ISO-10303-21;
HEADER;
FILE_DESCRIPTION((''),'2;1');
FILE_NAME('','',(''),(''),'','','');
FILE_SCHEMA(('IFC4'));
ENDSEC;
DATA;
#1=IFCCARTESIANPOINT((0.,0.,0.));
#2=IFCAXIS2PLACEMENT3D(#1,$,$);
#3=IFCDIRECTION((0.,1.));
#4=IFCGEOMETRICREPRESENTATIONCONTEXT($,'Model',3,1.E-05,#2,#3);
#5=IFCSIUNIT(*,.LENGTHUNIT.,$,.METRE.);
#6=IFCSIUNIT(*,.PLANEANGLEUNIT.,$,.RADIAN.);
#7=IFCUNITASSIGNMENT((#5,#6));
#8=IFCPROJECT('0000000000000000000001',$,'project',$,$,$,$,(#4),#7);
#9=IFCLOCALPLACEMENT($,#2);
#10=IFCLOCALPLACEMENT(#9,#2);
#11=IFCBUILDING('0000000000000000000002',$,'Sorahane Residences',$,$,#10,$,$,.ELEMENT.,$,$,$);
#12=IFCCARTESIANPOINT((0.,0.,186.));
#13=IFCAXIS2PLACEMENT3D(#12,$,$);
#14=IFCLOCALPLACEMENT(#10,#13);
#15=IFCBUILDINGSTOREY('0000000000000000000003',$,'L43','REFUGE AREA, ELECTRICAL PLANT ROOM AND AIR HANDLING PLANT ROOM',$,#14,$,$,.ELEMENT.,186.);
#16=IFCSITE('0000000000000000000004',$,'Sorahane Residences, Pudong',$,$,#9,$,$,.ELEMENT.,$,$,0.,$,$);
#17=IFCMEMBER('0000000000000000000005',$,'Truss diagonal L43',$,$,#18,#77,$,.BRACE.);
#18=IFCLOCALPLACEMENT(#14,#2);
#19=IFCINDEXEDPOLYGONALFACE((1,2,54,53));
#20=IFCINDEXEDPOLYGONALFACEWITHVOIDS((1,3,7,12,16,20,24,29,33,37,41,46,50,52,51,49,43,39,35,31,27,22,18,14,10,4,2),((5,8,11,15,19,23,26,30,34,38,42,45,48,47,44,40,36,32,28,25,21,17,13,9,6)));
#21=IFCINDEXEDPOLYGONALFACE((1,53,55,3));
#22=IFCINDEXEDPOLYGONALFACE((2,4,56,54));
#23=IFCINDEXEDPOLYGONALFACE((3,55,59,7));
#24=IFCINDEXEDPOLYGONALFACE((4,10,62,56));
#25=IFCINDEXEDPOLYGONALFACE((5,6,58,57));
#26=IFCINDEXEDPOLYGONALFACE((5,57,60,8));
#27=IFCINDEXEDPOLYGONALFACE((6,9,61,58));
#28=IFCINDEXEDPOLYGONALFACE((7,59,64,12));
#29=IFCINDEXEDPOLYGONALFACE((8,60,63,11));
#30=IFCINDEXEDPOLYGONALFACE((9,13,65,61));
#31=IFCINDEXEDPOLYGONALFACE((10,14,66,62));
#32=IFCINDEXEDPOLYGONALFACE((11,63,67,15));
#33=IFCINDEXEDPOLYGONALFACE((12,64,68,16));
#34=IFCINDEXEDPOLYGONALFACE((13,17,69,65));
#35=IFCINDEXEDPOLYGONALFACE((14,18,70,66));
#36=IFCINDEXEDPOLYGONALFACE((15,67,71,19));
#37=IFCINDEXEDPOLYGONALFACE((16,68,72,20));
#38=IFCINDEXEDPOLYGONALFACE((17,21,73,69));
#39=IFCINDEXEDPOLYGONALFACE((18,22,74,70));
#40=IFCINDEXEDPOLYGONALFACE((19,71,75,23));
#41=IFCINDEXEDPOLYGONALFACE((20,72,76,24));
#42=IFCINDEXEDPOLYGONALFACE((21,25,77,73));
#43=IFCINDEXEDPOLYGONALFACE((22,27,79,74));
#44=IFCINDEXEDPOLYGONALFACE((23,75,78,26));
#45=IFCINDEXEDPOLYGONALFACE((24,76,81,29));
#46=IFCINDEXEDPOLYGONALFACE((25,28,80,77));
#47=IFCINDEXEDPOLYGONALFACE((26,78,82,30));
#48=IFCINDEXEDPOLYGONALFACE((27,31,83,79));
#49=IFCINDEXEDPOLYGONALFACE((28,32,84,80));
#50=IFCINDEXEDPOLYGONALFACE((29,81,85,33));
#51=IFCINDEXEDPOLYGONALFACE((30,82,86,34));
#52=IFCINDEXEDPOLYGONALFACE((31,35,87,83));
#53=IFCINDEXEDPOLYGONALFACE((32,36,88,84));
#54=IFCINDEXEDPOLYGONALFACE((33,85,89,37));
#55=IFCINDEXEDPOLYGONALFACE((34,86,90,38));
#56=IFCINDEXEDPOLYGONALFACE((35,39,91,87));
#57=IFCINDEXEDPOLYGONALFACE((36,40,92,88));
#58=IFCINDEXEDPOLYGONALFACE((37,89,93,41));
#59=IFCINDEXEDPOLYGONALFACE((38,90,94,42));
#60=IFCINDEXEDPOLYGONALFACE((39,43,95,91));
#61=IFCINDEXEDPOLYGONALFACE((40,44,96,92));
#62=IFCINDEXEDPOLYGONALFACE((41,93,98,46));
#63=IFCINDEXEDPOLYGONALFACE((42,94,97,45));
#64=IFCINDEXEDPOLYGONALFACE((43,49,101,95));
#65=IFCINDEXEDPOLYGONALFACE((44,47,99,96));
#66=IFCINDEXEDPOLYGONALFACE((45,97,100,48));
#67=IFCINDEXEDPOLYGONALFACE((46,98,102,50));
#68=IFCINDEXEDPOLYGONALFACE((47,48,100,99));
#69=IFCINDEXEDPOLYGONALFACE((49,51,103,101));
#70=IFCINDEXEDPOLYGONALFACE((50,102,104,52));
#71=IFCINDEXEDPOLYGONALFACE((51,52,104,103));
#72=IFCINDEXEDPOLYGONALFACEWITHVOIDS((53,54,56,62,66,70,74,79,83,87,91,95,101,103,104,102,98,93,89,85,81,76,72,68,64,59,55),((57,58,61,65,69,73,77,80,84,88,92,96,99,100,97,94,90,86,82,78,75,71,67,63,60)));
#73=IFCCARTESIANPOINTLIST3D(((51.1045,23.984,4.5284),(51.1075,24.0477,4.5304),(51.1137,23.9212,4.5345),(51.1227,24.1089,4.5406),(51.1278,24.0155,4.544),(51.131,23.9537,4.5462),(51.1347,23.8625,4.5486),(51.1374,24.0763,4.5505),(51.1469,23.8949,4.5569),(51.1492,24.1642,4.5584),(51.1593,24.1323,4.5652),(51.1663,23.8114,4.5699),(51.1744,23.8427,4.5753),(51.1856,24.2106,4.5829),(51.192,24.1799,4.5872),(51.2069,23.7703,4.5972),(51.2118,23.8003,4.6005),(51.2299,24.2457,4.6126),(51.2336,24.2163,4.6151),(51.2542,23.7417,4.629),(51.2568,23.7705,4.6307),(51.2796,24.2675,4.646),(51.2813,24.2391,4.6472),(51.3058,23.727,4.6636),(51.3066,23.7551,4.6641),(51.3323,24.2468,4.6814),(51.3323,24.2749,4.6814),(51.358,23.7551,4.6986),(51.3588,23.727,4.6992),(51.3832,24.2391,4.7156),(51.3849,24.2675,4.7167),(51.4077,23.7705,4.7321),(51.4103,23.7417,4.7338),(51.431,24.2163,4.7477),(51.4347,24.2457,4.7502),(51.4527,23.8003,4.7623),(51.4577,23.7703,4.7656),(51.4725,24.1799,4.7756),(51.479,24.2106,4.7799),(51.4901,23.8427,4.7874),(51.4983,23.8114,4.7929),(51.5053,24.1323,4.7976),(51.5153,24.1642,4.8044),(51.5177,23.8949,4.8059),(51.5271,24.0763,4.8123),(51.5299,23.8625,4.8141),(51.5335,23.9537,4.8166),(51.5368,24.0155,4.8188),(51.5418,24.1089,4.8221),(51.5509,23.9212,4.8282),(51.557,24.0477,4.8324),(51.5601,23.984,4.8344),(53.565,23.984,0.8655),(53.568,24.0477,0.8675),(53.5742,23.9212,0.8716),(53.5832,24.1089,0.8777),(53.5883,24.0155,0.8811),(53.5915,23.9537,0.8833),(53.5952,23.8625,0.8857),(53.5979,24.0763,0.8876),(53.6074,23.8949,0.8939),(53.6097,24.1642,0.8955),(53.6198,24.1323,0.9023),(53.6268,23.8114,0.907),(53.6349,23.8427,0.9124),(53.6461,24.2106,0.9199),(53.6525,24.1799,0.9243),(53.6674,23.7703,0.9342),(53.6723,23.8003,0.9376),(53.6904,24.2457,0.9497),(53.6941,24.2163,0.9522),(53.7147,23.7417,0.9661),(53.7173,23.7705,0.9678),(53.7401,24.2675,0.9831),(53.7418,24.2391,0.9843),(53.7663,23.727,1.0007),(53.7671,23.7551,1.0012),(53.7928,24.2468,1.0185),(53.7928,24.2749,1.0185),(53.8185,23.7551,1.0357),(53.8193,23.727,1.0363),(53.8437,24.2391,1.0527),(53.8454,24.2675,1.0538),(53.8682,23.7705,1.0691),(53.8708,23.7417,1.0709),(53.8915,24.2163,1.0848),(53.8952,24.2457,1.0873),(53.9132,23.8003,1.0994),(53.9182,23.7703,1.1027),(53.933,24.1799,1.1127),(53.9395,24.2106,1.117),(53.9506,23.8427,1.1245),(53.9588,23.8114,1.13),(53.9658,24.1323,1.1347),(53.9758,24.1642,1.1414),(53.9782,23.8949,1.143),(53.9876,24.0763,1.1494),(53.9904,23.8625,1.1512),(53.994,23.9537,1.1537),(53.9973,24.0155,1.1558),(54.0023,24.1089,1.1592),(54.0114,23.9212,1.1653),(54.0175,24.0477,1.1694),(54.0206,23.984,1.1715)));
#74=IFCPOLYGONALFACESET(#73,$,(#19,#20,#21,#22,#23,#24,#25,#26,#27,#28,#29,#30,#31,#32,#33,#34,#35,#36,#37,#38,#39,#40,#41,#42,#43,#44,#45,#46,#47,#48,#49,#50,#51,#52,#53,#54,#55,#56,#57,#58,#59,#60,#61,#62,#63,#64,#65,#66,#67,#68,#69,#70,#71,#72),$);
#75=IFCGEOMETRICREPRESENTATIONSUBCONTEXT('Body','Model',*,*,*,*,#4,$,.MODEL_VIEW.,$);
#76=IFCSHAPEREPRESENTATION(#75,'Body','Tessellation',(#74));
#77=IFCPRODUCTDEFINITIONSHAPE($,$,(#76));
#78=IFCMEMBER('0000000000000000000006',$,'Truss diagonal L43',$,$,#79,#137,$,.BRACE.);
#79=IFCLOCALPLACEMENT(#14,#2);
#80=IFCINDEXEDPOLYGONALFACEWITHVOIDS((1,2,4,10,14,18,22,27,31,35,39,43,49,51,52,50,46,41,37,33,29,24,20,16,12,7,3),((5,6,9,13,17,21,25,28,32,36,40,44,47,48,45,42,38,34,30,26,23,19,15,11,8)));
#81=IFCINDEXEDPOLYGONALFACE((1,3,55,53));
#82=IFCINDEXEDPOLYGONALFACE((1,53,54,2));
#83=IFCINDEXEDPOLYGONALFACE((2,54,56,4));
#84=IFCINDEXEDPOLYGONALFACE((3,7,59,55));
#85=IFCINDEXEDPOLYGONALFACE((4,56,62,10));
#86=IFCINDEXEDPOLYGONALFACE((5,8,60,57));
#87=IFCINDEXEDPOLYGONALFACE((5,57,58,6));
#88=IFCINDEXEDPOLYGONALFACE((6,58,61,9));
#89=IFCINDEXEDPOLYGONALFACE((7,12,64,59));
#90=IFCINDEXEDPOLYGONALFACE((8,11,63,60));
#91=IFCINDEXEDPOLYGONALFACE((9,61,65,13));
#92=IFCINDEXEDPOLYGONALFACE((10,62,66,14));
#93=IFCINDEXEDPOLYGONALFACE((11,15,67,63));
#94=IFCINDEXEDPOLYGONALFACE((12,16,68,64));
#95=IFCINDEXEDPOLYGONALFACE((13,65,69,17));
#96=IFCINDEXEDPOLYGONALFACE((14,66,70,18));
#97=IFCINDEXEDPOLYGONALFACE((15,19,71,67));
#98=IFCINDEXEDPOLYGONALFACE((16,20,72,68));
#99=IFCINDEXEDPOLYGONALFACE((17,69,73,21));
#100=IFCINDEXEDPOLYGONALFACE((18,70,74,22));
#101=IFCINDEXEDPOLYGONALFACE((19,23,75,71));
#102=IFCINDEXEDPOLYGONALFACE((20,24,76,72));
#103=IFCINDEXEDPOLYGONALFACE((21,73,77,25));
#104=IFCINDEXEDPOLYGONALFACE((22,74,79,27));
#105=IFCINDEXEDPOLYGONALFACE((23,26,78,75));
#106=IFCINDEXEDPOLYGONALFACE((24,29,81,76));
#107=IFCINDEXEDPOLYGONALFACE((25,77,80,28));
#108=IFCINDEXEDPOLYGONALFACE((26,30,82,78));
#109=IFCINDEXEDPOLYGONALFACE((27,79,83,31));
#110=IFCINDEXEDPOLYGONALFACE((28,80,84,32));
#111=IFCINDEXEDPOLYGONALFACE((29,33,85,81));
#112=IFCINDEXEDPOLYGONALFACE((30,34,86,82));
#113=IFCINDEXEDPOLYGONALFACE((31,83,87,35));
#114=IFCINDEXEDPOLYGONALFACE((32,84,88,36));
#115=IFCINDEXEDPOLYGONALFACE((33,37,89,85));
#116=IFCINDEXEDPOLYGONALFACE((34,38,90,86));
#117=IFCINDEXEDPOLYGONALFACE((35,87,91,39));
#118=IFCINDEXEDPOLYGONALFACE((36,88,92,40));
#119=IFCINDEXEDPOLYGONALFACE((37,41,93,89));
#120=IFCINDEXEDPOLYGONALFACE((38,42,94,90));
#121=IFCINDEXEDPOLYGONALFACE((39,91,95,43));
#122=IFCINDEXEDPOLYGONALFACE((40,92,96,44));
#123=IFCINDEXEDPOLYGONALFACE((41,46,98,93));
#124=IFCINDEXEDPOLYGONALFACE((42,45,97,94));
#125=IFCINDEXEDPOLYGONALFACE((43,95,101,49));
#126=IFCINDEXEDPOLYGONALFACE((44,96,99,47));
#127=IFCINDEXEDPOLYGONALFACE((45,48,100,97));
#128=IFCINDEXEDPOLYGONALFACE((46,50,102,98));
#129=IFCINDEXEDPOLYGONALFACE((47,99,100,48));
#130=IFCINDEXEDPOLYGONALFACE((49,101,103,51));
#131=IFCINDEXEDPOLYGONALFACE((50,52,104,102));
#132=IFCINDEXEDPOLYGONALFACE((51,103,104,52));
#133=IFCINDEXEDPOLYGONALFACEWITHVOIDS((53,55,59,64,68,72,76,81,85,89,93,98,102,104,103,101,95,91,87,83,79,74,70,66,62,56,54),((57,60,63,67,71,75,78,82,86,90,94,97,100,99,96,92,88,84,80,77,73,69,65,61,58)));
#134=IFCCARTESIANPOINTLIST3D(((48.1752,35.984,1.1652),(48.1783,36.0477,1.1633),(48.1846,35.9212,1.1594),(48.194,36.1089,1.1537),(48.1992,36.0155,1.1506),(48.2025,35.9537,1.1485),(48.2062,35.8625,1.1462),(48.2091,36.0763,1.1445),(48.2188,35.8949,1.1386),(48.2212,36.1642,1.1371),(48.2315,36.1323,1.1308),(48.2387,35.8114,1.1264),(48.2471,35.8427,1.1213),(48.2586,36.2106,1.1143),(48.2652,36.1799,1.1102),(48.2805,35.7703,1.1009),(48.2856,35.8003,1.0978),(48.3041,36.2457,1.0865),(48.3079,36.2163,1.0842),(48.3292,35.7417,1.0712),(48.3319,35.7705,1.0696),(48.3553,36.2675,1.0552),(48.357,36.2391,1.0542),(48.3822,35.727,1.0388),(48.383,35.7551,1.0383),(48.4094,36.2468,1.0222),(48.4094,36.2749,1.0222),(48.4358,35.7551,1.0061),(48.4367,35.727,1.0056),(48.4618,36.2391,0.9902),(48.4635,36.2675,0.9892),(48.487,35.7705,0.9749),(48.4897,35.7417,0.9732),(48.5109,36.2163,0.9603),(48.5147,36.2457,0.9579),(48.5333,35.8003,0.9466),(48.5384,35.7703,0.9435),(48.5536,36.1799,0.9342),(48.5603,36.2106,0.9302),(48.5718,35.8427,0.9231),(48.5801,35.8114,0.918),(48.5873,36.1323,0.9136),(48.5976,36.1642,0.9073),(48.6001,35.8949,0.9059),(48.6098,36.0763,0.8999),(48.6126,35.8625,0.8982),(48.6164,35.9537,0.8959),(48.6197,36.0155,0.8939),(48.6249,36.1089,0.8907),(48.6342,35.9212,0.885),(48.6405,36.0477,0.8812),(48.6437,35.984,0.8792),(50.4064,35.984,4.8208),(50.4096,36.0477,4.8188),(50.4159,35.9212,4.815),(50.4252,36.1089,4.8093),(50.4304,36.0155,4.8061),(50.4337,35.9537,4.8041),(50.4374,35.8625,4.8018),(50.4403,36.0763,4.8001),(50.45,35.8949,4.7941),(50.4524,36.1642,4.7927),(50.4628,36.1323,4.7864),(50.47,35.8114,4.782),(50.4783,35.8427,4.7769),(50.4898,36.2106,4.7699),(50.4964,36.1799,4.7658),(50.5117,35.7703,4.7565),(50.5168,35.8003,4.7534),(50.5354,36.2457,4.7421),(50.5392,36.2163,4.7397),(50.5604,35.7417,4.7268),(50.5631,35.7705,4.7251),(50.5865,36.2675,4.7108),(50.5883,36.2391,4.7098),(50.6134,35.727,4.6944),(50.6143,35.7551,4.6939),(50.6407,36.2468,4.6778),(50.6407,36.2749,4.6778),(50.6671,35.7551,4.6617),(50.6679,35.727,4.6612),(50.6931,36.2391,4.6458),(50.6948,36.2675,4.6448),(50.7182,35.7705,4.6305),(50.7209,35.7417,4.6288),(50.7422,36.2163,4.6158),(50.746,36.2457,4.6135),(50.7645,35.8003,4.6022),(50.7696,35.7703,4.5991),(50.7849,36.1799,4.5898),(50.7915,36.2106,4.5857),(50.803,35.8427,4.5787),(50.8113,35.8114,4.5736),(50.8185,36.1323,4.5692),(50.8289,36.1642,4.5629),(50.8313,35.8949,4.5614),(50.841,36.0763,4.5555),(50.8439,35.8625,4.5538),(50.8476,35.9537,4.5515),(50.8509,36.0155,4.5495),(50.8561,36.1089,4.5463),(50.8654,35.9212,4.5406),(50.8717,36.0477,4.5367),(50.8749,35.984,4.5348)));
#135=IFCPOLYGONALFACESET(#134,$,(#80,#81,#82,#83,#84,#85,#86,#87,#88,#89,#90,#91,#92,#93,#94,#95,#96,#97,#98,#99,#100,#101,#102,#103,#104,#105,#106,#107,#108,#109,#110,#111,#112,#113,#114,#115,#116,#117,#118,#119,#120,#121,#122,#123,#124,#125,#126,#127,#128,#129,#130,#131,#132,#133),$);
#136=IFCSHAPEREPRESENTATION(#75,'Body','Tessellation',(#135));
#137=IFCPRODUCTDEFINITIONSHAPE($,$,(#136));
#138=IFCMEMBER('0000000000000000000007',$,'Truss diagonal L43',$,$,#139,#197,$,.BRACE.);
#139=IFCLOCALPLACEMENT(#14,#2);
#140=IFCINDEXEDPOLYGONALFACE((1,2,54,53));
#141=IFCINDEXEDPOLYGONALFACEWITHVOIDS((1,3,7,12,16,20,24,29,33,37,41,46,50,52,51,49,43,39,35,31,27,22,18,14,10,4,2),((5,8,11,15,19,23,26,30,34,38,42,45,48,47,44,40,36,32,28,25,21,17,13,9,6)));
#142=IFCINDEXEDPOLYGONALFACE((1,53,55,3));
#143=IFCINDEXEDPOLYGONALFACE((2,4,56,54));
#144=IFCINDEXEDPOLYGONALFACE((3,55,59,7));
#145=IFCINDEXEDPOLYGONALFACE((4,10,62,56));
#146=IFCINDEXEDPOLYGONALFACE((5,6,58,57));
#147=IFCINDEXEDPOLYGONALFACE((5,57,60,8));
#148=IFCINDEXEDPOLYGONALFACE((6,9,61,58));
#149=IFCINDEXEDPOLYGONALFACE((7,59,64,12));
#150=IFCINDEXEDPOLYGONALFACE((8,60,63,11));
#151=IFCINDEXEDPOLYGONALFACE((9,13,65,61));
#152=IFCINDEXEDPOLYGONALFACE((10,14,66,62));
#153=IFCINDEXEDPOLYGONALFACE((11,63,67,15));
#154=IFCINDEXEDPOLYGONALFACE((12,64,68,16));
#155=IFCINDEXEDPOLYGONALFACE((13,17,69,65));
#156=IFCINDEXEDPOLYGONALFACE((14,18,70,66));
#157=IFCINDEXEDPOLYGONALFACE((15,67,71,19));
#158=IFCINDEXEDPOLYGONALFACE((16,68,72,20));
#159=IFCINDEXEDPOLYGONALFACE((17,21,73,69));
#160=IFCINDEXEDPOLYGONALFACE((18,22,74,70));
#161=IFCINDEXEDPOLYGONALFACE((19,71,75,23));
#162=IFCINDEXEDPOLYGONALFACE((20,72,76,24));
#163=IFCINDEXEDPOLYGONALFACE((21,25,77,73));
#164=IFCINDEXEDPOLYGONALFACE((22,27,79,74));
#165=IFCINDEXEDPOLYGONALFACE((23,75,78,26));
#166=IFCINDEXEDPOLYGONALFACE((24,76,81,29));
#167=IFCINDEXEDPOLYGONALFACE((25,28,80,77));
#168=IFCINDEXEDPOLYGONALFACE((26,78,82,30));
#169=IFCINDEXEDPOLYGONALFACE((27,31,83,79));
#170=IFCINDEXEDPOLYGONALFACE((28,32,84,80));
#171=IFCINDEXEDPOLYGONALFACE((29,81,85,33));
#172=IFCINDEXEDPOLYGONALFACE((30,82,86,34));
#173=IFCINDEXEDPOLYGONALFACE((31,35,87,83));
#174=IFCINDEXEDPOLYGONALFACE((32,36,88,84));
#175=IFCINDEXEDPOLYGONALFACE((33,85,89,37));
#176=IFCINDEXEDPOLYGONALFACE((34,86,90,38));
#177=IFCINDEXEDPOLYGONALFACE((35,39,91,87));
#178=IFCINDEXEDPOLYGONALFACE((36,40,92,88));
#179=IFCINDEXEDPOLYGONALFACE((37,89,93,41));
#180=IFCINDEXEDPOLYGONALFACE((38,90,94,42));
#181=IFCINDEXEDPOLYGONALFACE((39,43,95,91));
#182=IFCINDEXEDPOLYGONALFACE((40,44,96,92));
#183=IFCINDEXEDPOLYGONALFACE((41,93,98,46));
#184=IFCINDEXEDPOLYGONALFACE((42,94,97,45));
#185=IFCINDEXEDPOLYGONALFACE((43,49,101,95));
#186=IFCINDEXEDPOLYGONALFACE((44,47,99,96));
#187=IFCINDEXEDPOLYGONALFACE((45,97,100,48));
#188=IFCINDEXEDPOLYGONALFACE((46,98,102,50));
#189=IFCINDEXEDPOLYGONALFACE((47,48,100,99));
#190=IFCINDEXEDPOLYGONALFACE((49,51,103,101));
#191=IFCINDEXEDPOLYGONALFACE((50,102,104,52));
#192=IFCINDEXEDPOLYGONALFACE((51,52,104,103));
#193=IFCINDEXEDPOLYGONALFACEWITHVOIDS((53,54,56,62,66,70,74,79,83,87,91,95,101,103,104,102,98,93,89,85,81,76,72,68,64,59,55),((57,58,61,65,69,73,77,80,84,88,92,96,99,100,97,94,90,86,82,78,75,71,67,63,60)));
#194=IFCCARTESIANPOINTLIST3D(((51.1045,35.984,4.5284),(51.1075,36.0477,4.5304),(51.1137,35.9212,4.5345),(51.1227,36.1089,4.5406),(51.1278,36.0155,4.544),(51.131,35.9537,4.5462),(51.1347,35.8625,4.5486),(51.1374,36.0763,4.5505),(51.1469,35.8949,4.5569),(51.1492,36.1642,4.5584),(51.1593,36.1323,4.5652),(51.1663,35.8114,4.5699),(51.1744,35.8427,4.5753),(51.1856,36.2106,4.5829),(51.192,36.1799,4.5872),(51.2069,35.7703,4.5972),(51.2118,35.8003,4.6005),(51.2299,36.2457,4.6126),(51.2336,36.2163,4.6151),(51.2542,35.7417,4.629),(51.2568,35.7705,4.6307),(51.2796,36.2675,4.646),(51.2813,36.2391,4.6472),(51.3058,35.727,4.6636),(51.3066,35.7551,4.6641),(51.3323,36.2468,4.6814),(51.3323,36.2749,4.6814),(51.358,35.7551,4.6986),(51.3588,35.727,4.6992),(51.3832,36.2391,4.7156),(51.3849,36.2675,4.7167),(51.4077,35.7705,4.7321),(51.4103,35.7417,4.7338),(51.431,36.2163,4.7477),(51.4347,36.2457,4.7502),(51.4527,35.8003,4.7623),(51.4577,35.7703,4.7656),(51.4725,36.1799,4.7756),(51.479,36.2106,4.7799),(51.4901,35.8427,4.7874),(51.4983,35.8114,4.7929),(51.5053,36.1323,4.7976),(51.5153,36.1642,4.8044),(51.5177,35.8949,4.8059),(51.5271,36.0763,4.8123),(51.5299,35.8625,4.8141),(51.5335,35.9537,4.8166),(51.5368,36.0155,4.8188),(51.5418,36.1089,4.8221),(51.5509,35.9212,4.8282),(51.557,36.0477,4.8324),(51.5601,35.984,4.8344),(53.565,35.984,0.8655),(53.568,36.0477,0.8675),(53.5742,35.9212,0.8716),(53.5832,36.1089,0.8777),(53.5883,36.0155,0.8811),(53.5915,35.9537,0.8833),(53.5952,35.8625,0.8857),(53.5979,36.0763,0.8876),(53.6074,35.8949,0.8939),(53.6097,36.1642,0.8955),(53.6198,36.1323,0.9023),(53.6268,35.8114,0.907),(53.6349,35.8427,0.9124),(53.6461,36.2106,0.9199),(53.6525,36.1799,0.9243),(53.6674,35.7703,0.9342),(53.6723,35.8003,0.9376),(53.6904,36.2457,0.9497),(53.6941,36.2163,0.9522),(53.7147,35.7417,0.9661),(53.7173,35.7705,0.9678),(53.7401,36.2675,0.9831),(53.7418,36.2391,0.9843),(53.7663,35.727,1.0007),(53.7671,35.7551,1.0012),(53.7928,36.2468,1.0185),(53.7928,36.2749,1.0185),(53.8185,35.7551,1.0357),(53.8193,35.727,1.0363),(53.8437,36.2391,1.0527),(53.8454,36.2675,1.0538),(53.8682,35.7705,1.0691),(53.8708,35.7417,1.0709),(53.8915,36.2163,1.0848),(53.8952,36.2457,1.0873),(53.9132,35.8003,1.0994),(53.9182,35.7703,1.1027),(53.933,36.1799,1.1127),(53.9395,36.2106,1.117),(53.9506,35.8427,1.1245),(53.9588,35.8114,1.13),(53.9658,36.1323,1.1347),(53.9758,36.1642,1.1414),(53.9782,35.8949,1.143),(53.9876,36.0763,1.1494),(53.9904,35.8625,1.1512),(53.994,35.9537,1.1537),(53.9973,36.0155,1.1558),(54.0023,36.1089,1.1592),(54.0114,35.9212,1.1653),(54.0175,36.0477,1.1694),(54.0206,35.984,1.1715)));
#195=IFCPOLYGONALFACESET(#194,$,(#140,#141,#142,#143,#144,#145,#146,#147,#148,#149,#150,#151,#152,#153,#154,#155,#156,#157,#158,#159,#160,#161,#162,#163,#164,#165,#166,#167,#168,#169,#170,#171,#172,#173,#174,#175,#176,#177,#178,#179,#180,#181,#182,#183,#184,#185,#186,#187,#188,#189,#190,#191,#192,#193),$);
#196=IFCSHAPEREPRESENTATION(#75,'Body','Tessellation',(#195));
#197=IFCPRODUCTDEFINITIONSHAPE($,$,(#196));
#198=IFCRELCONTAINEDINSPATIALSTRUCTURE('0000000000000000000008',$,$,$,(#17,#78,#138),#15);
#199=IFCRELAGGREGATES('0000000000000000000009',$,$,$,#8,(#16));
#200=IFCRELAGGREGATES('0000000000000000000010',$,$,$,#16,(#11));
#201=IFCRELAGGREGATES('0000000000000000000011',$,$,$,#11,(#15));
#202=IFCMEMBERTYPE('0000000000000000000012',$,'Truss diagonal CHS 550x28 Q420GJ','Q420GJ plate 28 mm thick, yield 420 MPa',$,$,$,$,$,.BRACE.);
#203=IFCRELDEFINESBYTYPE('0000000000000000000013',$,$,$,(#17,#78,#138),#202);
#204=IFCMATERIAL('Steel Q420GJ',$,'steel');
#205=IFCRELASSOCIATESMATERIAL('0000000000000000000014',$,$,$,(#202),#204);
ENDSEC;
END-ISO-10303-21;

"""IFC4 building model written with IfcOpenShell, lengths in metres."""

from ifc_helpers import new_model, si_unit, direction, frame, origin, origin_2d, place, context, subcontext, project, spatial, hollow_circle, extrude, material, material_profile, profile_set, type_object, element, save


model = new_model("IFC4")

# Units and contexts
model_context = context("Model", 3, precision=1e-05, world=origin(), true_north=direction((0.0, 1.0)))
body_context = subcontext(model_context, "Body", "Model", "MODEL_VIEW")
ifc_project = project(units=[si_unit("LENGTHUNIT", "METRE"), si_unit("PLANEANGLEUNIT", "RADIAN")], contexts=[model_context])

# Site, building, storey
site_placement = place(None, origin())
site = spatial("IfcSite", under=ifc_project, at=site_placement, Name="Sorahane Residences, Pudong", CompositionType="ELEMENT", RefElevation=0.0)
building_placement = place(site_placement, origin())
building = spatial("IfcBuilding", under=site, at=building_placement, Name="Sorahane Residences", CompositionType="ELEMENT")
storey_placement = place(building_placement, frame((0.0, 0.0, 186.0)))
storey = spatial("IfcBuildingStorey", under=building, at=storey_placement, Name="L43", Description="REFUGE AREA, ELECTRICAL PLANT ROOM AND AIR HANDLING PLANT ROOM", CompositionType="ELEMENT", Elevation=186.0)

# Members
ifc_material_1 = material(Name="Steel Q420GJ", Category="steel")
ifc_material_profile_1 = material_profile(ifc_material_1, hollow_circle(Radius=0.2749, WallThickness=0.0281, at=origin_2d()), Name="CHS 550x28")
ifc_profile_set_1 = profile_set([ifc_material_profile_1], Name="Steel Q420GJ")
member_type = type_object("IfcMemberType", Name="Truss diagonal CHS 550x28 Q420GJ", Description="Q420GJ plate 28 mm thick, yield 420 MPa", PredefinedType="BRACE", material=ifc_profile_set_1)
member_1_placement = place(storey_placement, frame((51.3323, 24.0, 4.6814), z_axis=(0.557608, 0.0, -0.830104), x_axis=(0.0, 1.0, 0.0)))
element("IfcMember", 1, at=member_1_placement, inside=storey, type_object=member_type, Name="Truss diagonal L43", PredefinedType="BRACE", context=body_context, shape_type="SweptSolid", body=[
    extrude(hollow_circle(Radius=0.2749, WallThickness=0.0281, at=origin_2d()), origin(), (0.0, 0.0, 1.0), 4.4126),
])
member_2_placement = place(storey_placement, frame((48.4094, 36.0, 1.0222), z_axis=(0.520986, 0.0, 0.853565), x_axis=(0.0, 1.0, 0.0)))
element("IfcMember", 2, at=member_2_placement, inside=storey, type_object=member_type, Name="Truss diagonal L43", PredefinedType="BRACE", context=body_context, shape_type="SweptSolid", body=[
    extrude(hollow_circle(Radius=0.2749, WallThickness=0.0281, at=origin_2d()), origin(), (0.0, 0.0, 1.0), 4.2827),
])
member_3_placement = place(storey_placement, frame((51.3323, 36.0, 4.6814), z_axis=(0.557608, 0.0, -0.830104), x_axis=(0.0, 1.0, 0.0)))
element("IfcMember", 3, at=member_3_placement, inside=storey, type_object=member_type, Name="Truss diagonal L43", PredefinedType="BRACE", context=body_context, shape_type="SweptSolid", body=[
    extrude(hollow_circle(Radius=0.2749, WallThickness=0.0281, at=origin_2d()), origin(), (0.0, 0.0, 1.0), 4.4126),
])

save(model, "model.ifc")
